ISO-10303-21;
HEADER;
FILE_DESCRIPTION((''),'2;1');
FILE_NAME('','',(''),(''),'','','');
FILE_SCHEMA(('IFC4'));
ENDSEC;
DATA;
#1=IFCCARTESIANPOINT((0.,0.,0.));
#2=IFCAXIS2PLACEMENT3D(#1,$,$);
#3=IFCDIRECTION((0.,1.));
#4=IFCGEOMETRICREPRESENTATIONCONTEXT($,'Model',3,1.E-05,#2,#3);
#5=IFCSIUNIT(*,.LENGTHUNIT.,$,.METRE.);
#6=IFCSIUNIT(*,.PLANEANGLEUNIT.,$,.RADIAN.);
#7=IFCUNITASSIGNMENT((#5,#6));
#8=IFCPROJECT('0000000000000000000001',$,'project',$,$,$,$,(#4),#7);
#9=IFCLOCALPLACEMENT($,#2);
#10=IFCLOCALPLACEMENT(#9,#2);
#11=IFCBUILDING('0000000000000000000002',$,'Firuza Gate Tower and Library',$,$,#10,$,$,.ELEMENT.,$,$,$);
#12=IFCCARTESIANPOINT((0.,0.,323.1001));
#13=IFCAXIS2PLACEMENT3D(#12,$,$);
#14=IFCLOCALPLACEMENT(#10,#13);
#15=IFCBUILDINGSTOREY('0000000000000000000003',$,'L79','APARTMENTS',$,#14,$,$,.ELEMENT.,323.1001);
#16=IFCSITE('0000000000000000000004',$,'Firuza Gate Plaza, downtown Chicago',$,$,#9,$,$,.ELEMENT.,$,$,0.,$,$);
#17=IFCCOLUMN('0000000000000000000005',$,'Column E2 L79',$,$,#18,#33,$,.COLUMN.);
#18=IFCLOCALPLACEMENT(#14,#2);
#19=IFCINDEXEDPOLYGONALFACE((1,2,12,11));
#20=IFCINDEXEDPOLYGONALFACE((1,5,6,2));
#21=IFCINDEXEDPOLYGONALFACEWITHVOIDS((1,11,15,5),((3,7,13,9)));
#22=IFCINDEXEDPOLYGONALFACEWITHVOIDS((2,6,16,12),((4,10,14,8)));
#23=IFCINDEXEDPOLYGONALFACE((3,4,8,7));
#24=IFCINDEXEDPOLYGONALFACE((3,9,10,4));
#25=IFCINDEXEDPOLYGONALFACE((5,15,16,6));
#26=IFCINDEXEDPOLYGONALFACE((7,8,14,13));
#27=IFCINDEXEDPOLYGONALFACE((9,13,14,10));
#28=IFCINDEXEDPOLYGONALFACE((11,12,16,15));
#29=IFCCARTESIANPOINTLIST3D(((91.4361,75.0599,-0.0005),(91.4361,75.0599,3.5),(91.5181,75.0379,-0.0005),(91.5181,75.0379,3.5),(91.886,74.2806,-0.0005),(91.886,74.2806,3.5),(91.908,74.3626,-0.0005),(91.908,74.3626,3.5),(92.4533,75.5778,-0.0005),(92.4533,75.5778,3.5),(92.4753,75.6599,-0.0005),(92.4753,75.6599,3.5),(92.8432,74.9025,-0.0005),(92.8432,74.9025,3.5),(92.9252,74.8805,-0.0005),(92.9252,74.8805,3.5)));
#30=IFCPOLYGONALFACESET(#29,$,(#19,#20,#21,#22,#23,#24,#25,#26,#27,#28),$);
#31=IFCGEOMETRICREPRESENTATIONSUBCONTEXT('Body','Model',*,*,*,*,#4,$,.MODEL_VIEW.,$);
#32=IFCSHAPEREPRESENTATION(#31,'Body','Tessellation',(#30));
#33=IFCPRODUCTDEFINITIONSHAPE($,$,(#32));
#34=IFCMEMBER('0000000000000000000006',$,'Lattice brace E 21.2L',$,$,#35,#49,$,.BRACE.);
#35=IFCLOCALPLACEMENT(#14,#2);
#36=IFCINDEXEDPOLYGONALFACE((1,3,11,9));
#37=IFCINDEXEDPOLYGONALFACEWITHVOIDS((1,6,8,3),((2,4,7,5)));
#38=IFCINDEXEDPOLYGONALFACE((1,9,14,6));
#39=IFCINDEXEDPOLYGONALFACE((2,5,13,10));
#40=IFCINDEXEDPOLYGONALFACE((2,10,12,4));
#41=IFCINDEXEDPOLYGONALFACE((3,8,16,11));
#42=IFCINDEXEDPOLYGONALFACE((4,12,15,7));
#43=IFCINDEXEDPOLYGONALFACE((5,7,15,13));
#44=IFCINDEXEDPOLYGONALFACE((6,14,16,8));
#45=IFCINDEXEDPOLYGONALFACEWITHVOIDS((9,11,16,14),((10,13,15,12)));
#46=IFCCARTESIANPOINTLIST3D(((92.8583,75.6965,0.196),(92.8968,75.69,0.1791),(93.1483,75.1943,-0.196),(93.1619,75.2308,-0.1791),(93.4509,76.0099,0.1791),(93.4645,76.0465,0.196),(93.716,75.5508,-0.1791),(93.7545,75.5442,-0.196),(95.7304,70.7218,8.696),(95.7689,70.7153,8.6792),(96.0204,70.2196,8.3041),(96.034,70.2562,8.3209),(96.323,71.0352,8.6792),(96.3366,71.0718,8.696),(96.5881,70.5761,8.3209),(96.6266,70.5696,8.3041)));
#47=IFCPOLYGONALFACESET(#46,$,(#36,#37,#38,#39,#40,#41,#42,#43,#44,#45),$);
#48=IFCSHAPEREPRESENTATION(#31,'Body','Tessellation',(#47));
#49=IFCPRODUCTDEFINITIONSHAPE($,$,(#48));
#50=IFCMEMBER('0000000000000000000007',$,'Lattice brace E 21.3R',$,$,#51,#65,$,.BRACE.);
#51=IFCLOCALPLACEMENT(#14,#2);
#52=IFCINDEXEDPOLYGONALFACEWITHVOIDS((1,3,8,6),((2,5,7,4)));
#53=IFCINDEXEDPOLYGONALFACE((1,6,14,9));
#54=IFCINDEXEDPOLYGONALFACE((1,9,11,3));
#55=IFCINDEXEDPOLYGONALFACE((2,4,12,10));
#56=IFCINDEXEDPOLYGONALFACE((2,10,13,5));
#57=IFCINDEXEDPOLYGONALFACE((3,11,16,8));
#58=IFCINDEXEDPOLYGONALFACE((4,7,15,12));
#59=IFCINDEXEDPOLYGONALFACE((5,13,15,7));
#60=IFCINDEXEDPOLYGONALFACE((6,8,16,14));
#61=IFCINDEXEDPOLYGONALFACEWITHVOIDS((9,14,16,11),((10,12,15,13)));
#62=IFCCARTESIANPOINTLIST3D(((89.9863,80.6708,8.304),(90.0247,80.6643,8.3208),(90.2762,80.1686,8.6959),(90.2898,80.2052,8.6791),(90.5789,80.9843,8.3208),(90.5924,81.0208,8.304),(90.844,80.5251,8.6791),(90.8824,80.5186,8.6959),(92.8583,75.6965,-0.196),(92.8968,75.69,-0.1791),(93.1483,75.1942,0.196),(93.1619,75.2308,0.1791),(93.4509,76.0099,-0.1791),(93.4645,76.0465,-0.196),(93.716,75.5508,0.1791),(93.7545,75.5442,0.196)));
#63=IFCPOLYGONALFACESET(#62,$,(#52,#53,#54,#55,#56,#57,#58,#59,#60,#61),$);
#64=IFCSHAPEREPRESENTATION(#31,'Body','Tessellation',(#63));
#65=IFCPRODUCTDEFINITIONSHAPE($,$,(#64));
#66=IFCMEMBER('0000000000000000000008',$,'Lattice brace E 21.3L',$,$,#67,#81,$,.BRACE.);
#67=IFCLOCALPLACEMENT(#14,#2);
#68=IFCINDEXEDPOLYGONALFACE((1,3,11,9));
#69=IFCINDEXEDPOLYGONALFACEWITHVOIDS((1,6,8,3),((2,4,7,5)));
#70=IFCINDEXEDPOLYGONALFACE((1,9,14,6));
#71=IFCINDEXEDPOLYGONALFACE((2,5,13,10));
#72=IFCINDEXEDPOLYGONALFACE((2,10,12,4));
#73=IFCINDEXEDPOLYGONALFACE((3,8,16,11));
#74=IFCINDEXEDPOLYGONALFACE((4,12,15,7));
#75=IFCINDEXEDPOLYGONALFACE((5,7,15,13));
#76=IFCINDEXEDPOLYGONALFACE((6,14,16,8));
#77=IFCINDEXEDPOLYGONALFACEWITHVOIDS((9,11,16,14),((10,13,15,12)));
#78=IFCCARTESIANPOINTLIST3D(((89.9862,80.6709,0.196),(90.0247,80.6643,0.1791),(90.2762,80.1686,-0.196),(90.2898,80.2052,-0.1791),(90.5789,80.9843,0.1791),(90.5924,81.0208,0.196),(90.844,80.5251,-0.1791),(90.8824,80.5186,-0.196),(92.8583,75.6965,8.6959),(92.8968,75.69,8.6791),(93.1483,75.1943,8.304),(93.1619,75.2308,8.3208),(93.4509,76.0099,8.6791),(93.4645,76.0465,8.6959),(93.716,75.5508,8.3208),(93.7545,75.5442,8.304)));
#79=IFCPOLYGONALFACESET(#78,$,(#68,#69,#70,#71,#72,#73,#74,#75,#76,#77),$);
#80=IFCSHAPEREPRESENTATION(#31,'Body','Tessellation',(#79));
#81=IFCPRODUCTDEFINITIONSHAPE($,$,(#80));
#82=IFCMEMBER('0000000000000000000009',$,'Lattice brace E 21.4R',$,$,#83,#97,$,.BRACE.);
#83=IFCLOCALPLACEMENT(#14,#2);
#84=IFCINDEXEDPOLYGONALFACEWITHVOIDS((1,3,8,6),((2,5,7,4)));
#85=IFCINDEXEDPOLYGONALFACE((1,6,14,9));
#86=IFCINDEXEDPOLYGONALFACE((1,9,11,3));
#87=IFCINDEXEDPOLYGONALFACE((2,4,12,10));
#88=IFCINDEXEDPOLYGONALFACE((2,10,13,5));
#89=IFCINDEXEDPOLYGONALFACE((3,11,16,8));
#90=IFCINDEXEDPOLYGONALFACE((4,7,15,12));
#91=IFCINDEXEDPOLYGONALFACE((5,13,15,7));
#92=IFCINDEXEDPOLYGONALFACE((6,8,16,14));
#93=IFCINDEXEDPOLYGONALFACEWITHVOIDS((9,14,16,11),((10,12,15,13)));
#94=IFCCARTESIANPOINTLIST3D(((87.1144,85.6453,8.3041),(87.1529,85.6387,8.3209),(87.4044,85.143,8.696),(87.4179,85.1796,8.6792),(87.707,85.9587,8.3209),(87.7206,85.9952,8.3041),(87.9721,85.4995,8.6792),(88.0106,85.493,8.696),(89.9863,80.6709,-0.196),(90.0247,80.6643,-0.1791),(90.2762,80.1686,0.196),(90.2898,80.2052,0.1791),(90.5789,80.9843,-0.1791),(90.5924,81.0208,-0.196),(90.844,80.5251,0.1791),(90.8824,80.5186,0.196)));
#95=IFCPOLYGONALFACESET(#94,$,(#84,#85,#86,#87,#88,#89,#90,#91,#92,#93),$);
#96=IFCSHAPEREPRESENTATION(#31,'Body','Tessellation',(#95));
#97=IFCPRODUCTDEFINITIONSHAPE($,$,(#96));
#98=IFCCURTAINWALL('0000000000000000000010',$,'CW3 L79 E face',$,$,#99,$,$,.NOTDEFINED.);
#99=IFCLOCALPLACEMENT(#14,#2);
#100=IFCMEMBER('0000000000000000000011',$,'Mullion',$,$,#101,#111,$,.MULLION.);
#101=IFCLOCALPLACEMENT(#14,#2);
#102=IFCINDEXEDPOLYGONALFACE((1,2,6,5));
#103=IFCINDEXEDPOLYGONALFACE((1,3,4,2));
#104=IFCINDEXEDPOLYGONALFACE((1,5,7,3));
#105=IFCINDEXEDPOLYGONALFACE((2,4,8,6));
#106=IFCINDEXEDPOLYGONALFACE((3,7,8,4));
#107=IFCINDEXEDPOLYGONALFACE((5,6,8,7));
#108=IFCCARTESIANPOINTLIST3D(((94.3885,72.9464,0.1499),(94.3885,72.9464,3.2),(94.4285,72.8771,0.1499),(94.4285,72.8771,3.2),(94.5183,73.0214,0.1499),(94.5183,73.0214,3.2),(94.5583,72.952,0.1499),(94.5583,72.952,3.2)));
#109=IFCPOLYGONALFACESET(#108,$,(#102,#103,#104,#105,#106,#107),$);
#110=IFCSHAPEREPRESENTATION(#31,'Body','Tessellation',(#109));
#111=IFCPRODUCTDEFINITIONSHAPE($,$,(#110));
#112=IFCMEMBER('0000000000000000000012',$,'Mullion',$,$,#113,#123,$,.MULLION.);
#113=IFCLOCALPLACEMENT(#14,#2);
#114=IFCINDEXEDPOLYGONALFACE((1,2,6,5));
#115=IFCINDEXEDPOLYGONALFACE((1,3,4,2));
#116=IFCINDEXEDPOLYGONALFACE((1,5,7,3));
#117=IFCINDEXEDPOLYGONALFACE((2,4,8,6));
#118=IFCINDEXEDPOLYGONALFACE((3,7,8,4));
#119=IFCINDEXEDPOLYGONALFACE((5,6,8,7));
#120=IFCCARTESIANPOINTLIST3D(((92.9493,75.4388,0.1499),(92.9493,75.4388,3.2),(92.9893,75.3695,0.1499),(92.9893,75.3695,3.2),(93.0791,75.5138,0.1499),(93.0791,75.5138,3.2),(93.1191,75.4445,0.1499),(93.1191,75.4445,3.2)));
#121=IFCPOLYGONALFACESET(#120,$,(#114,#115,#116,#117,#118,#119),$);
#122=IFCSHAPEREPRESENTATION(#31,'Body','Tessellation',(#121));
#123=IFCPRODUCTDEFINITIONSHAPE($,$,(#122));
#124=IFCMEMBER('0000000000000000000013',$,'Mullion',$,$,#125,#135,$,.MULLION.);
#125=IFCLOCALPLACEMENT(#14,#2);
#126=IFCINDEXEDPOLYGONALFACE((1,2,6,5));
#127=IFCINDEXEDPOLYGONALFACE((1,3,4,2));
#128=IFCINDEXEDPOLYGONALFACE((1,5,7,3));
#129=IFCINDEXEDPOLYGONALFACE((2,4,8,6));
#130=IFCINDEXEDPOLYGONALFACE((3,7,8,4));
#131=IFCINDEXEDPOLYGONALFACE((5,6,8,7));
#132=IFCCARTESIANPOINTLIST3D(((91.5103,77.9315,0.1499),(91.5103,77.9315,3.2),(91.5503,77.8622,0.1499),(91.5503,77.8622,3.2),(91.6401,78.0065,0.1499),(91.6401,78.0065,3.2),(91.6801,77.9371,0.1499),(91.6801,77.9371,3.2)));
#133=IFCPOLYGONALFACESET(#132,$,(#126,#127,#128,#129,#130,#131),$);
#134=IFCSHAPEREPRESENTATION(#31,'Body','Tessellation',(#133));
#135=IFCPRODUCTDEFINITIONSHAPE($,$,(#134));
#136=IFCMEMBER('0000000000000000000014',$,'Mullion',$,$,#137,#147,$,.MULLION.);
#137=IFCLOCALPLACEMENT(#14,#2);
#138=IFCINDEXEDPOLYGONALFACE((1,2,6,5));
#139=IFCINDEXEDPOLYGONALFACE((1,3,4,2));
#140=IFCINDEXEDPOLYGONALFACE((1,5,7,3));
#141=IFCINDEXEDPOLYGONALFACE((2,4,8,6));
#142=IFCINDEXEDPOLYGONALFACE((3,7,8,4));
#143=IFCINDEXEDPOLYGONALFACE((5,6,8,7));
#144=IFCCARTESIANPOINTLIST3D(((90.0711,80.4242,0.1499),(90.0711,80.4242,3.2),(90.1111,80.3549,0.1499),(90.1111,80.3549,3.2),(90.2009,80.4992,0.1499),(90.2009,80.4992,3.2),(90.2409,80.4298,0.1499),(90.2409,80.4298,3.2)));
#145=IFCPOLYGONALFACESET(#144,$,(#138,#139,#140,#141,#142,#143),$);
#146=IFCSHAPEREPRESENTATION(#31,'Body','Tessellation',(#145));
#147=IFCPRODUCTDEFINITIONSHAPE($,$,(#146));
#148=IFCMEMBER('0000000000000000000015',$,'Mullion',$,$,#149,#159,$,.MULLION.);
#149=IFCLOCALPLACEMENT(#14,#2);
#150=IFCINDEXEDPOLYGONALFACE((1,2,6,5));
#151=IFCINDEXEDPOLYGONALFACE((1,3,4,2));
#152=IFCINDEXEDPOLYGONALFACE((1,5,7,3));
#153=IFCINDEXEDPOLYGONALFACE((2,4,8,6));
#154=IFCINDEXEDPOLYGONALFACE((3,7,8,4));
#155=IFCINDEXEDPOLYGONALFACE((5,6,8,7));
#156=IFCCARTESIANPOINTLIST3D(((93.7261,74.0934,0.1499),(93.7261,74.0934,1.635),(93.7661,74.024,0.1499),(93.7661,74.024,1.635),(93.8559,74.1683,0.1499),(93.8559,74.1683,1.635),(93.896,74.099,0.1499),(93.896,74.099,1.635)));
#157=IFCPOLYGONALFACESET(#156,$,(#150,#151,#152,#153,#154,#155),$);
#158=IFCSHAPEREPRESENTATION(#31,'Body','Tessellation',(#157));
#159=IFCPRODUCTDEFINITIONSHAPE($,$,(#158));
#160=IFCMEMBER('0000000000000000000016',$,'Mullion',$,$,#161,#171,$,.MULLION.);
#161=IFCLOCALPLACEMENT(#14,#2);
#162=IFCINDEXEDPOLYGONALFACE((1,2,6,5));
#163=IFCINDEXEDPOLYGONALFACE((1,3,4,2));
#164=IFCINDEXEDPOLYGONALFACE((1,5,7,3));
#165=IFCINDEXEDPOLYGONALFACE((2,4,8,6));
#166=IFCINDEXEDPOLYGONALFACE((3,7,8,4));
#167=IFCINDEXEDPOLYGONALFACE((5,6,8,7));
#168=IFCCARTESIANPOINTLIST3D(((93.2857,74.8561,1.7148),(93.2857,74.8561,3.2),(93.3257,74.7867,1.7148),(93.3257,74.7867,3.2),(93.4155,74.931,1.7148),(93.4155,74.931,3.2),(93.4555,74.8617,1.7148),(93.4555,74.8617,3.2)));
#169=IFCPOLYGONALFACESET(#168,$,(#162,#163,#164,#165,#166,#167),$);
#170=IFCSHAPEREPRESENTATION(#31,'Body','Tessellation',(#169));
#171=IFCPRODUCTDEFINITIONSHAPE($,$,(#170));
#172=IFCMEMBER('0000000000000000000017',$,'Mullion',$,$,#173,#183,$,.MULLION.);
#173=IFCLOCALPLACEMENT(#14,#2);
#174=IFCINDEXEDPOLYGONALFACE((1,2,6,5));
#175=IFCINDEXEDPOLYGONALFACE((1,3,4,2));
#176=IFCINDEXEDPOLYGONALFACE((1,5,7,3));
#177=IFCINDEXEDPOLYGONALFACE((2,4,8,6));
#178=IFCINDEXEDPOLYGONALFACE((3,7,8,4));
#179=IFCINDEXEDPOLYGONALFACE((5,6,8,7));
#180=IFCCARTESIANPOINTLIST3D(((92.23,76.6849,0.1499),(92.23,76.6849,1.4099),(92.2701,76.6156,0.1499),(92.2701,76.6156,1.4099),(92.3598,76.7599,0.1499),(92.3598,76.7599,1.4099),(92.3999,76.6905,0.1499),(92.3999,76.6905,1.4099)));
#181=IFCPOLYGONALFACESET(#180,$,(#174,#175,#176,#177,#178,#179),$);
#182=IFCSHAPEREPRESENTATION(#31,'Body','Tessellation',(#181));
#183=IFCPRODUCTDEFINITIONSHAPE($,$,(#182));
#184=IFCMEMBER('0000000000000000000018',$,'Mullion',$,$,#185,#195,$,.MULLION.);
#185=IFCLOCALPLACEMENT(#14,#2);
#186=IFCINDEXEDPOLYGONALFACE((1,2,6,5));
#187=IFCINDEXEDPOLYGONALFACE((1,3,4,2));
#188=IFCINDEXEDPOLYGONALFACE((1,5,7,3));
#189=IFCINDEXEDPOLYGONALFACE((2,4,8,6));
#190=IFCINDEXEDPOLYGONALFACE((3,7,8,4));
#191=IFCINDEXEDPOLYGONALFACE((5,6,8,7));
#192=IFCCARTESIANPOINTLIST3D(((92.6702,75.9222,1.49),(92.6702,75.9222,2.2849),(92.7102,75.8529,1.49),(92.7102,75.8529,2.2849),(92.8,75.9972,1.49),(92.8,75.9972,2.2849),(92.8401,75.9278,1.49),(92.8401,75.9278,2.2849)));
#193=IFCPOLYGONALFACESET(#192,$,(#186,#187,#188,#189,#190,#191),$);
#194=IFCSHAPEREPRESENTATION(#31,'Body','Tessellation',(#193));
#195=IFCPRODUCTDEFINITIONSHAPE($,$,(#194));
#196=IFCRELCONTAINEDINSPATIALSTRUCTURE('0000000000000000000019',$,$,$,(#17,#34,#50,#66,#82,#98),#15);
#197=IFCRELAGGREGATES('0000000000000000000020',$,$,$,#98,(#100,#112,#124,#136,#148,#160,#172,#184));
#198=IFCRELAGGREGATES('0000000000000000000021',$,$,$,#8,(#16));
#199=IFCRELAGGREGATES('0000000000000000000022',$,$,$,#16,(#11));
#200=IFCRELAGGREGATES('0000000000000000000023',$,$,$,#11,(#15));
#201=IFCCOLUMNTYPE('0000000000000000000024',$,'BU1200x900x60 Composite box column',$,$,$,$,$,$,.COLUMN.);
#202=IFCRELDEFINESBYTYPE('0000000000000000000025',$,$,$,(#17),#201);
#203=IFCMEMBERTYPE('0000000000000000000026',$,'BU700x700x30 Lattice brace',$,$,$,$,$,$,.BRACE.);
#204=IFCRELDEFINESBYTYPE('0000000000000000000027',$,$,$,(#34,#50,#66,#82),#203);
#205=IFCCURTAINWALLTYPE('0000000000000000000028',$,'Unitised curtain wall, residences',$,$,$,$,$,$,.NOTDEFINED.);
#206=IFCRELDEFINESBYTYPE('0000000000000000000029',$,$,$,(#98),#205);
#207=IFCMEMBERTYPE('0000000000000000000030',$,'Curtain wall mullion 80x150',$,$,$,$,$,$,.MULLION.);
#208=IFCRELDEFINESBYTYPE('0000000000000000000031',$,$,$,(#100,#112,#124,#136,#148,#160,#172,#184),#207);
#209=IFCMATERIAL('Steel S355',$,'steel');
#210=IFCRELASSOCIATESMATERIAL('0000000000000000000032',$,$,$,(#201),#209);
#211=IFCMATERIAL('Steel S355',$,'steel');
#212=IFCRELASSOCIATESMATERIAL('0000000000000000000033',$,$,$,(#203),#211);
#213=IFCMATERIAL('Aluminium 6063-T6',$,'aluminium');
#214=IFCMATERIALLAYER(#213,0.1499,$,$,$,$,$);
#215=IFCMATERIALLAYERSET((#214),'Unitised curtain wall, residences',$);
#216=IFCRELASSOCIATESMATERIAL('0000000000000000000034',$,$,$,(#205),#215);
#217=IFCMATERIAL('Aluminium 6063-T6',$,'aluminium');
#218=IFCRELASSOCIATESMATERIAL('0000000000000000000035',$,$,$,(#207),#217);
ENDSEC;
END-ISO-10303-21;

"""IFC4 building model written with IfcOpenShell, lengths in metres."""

from ifc_helpers import new_model, si_unit, direction, frame, origin, origin_2d, place, context, subcontext, project, spatial, rectangle, hollow_rectangle, extrude, material, layer, layer_set, material_profile, profile_set, type_object, element, aggregate, save


model = new_model("IFC4")

# Units and contexts
model_context = context("Model", 3, precision=1e-05, world=origin(), true_north=direction((0.0, 1.0)))
body_context = subcontext(model_context, "Body", "Model", "MODEL_VIEW")
ifc_project = project(units=[si_unit("LENGTHUNIT", "METRE"), si_unit("PLANEANGLEUNIT", "RADIAN")], contexts=[model_context])

# Site, building, storey
site_placement = place(None, origin())
site = spatial("IfcSite", under=ifc_project, at=site_placement, Name="Firuza Gate Plaza, downtown Chicago", CompositionType="ELEMENT", RefElevation=0.0)
building_placement = place(site_placement, origin())
building = spatial("IfcBuilding", under=site, at=building_placement, Name="Firuza Gate Tower and Library", CompositionType="ELEMENT")
storey_placement = place(building_placement, frame((0.0, 0.0, 323.1001)))
storey = spatial("IfcBuildingStorey", under=building, at=storey_placement, Name="L79", Description="APARTMENTS", CompositionType="ELEMENT", Elevation=323.1001)

# Column
ifc_material_1 = material(Name="Steel S355", Category="steel")
ifc_material_profile_1 = material_profile(ifc_material_1, hollow_rectangle(XDim=0.8999, YDim=1.2, WallThickness=0.0601, at=origin_2d()))
ifc_profile_set_1 = profile_set([ifc_material_profile_1], Name="Steel S355")
column_type = type_object("IfcColumnType", Name="BU1200x900x60 Composite box column", PredefinedType="COLUMN", material=ifc_profile_set_1)
column_placement = place(storey_placement, frame((92.1807, 74.9702, -0.0005), z_axis=(0.0, 0.0, 1.0), x_axis=(-0.5, 0.866025, 0.0)))
element("IfcColumn", 1, at=column_placement, inside=storey, type_object=column_type, Name="Column E2 L79", PredefinedType="COLUMN", context=body_context, shape_type="SweptSolid", body=[
    extrude(hollow_rectangle(XDim=0.8999, YDim=1.2, WallThickness=0.0601, at=origin_2d()), origin(), (0.0, 0.0, 1.0), 3.5005),
])

# Members
ifc_material_2 = material(Name="Steel S355", Category="steel")
ifc_material_profile_2 = material_profile(ifc_material_2, hollow_rectangle(XDim=0.7, YDim=0.7, WallThickness=0.03, at=origin_2d()))
ifc_profile_set_2 = profile_set([ifc_material_profile_2], Name="Steel S355")
member_type_1 = type_object("IfcMemberType", Name="BU700x700x30 Lattice brace", PredefinedType="BRACE", material=ifc_profile_set_2)
member_1_placement = place(storey_placement, frame((93.3064, 75.6204, 0.0), z_axis=(0.279958, -0.484906, 0.828547), x_axis=(0.866027, 0.499997, 0.0)))
element("IfcMember", 2, at=member_1_placement, inside=storey, type_object=member_type_1, Name="Lattice brace E 21.2L", PredefinedType="BRACE", context=body_context, shape_type="SweptSolid", body=[
    extrude(hollow_rectangle(XDim=0.7, YDim=0.7, WallThickness=0.03, at=origin_2d()), origin(), (0.0, 0.0, 1.0), 10.259),
])
for number, where, z_axis, x_axis, name in (
    (3, (93.3064, 75.6204, 0.0), (-0.279961, 0.484887, 0.828556), (-0.866016, -0.500016, 0.0), "Lattice brace E 21.3R"),
    (4, (90.4343, 80.5947, 0.0), (0.279961, -0.484887, 0.828556), (0.866016, 0.500016, 0.0), "Lattice brace E 21.3L"),
    (5, (90.4343, 80.5947, 0.0), (-0.27994, 0.484891, 0.828562), (-0.866035, -0.499984, 0.0), "Lattice brace E 21.4R"),
):
    element("IfcMember", number, at=place(storey_placement, frame(where, z_axis=z_axis, x_axis=x_axis)), inside=storey, type_object=member_type_1, Name=name, PredefinedType="BRACE", context=body_context, shape_type="SweptSolid", body=[
        extrude(hollow_rectangle(XDim=0.7, YDim=0.7, WallThickness=0.03, at=origin_2d()), origin(), (0.0, 0.0, 1.0), 10.2588),
    ])

# Curtain wall, members
ifc_material_3 = material(Name="Aluminium 6063-T6", Category="aluminium")
ifc_layer_1 = layer(ifc_material_3, 0.1499)
ifc_layer_set_1 = layer_set([ifc_layer_1], Name="Unitised curtain wall, residences")
curtain_wall_type = type_object("IfcCurtainWallType", Name="Unitised curtain wall, residences", PredefinedType="NOTDEFINED", material=ifc_layer_set_1)
curtain_wall_placement = place(storey_placement, origin())
curtain_wall = element("IfcCurtainWall", 6, at=curtain_wall_placement, inside=storey, type_object=curtain_wall_type, Name="CW3 L79 E face", PredefinedType="NOTDEFINED")
ifc_material_4 = material(Name="Aluminium 6063-T6", Category="aluminium")
ifc_material_profile_3 = material_profile(ifc_material_4, rectangle(XDim=0.1499, YDim=0.0801, at=origin_2d()))
ifc_profile_set_3 = profile_set([ifc_material_profile_3], Name="Aluminium 6063-T6")
member_type_2 = type_object("IfcMemberType", Name="Curtain wall mullion 80x150", PredefinedType="MULLION", material=ifc_profile_set_3)
member_2_placement = place(storey_placement, frame((94.4734, 72.9492, 0.1499), z_axis=(0.0, 0.0, 1.0), x_axis=(-0.866025, -0.5, 0.0)))
member_2 = element("IfcMember", 7, at=member_2_placement, type_object=member_type_2, Name="Mullion", PredefinedType="MULLION", context=body_context, shape_type="SweptSolid", body=[
    extrude(rectangle(XDim=0.1499, YDim=0.0801, at=origin_2d()), origin(), (0.0, 0.0, 1.0), 3.05),
])
member_3_placement = place(storey_placement, frame((93.0342, 75.4417, 0.1499), z_axis=(0.0, 0.0, 1.0), x_axis=(-0.866025, -0.5, 0.0)))
member_3 = element("IfcMember", 8, at=member_3_placement, type_object=member_type_2, Name="Mullion", PredefinedType="MULLION", context=body_context, shape_type="SweptSolid", body=[
    extrude(rectangle(XDim=0.1499, YDim=0.0801, at=origin_2d()), origin(), (0.0, 0.0, 1.0), 3.05),
])
member_4_placement = place(storey_placement, frame((91.5952, 77.9343, 0.1499), z_axis=(0.0, 0.0, 1.0), x_axis=(-0.866025, -0.5, 0.0)))
member_4 = element("IfcMember", 9, at=member_4_placement, type_object=member_type_2, Name="Mullion", PredefinedType="MULLION", context=body_context, shape_type="SweptSolid", body=[
    extrude(rectangle(XDim=0.1499, YDim=0.0801, at=origin_2d()), origin(), (0.0, 0.0, 1.0), 3.05),
])
member_5_placement = place(storey_placement, frame((90.156, 80.427, 0.1499), z_axis=(0.0, 0.0, 1.0), x_axis=(-0.866025, -0.5, 0.0)))
member_5 = element("IfcMember", 10, at=member_5_placement, type_object=member_type_2, Name="Mullion", PredefinedType="MULLION", context=body_context, shape_type="SweptSolid", body=[
    extrude(rectangle(XDim=0.1499, YDim=0.0801, at=origin_2d()), origin(), (0.0, 0.0, 1.0), 3.05),
])
member_6_placement = place(storey_placement, frame((93.811, 74.0962, 0.1499), z_axis=(0.0, 0.0, 1.0), x_axis=(-0.866025, -0.5, 0.0)))
member_6 = element("IfcMember", 11, at=member_6_placement, type_object=member_type_2, Name="Mullion", PredefinedType="MULLION", context=body_context, shape_type="SweptSolid", body=[
    extrude(rectangle(XDim=0.1499, YDim=0.0801, at=origin_2d()), origin(), (0.0, 0.0, 1.0), 1.4851),
])
member_7_placement = place(storey_placement, frame((93.3706, 74.8589, 1.7148), z_axis=(0.0, 0.0, 1.0), x_axis=(-0.866025, -0.5, 0.0)))
member_7 = element("IfcMember", 12, at=member_7_placement, type_object=member_type_2, Name="Mullion", PredefinedType="MULLION", context=body_context, shape_type="SweptSolid", body=[
    extrude(rectangle(XDim=0.1499, YDim=0.0801, at=origin_2d()), origin(), (0.0, 0.0, 1.0), 1.4851),
])
member_8_placement = place(storey_placement, frame((92.3149, 76.6877, 0.1499), z_axis=(0.0, 0.0, 1.0), x_axis=(-0.866025, -0.5, 0.0)))
member_8 = element("IfcMember", 13, at=member_8_placement, type_object=member_type_2, Name="Mullion", PredefinedType="MULLION", context=body_context, shape_type="SweptSolid", body=[
    extrude(rectangle(XDim=0.1499, YDim=0.0801, at=origin_2d()), origin(), (0.0, 0.0, 1.0), 1.26),
])
member_9_placement = place(storey_placement, frame((92.7551, 75.925, 1.49), z_axis=(0.0, 0.0, 1.0), x_axis=(-0.866025, -0.5, 0.0)))
member_9 = element("IfcMember", 14, at=member_9_placement, type_object=member_type_2, Name="Mullion", PredefinedType="MULLION", context=body_context, shape_type="SweptSolid", body=[
    extrude(rectangle(XDim=0.1499, YDim=0.0801, at=origin_2d()), origin(), (0.0, 0.0, 1.0), 0.7949),
])

aggregate(curtain_wall, [member_2, member_3, member_4, member_5, member_6, member_7, member_8, member_9])

save(model, "model.ifc")
